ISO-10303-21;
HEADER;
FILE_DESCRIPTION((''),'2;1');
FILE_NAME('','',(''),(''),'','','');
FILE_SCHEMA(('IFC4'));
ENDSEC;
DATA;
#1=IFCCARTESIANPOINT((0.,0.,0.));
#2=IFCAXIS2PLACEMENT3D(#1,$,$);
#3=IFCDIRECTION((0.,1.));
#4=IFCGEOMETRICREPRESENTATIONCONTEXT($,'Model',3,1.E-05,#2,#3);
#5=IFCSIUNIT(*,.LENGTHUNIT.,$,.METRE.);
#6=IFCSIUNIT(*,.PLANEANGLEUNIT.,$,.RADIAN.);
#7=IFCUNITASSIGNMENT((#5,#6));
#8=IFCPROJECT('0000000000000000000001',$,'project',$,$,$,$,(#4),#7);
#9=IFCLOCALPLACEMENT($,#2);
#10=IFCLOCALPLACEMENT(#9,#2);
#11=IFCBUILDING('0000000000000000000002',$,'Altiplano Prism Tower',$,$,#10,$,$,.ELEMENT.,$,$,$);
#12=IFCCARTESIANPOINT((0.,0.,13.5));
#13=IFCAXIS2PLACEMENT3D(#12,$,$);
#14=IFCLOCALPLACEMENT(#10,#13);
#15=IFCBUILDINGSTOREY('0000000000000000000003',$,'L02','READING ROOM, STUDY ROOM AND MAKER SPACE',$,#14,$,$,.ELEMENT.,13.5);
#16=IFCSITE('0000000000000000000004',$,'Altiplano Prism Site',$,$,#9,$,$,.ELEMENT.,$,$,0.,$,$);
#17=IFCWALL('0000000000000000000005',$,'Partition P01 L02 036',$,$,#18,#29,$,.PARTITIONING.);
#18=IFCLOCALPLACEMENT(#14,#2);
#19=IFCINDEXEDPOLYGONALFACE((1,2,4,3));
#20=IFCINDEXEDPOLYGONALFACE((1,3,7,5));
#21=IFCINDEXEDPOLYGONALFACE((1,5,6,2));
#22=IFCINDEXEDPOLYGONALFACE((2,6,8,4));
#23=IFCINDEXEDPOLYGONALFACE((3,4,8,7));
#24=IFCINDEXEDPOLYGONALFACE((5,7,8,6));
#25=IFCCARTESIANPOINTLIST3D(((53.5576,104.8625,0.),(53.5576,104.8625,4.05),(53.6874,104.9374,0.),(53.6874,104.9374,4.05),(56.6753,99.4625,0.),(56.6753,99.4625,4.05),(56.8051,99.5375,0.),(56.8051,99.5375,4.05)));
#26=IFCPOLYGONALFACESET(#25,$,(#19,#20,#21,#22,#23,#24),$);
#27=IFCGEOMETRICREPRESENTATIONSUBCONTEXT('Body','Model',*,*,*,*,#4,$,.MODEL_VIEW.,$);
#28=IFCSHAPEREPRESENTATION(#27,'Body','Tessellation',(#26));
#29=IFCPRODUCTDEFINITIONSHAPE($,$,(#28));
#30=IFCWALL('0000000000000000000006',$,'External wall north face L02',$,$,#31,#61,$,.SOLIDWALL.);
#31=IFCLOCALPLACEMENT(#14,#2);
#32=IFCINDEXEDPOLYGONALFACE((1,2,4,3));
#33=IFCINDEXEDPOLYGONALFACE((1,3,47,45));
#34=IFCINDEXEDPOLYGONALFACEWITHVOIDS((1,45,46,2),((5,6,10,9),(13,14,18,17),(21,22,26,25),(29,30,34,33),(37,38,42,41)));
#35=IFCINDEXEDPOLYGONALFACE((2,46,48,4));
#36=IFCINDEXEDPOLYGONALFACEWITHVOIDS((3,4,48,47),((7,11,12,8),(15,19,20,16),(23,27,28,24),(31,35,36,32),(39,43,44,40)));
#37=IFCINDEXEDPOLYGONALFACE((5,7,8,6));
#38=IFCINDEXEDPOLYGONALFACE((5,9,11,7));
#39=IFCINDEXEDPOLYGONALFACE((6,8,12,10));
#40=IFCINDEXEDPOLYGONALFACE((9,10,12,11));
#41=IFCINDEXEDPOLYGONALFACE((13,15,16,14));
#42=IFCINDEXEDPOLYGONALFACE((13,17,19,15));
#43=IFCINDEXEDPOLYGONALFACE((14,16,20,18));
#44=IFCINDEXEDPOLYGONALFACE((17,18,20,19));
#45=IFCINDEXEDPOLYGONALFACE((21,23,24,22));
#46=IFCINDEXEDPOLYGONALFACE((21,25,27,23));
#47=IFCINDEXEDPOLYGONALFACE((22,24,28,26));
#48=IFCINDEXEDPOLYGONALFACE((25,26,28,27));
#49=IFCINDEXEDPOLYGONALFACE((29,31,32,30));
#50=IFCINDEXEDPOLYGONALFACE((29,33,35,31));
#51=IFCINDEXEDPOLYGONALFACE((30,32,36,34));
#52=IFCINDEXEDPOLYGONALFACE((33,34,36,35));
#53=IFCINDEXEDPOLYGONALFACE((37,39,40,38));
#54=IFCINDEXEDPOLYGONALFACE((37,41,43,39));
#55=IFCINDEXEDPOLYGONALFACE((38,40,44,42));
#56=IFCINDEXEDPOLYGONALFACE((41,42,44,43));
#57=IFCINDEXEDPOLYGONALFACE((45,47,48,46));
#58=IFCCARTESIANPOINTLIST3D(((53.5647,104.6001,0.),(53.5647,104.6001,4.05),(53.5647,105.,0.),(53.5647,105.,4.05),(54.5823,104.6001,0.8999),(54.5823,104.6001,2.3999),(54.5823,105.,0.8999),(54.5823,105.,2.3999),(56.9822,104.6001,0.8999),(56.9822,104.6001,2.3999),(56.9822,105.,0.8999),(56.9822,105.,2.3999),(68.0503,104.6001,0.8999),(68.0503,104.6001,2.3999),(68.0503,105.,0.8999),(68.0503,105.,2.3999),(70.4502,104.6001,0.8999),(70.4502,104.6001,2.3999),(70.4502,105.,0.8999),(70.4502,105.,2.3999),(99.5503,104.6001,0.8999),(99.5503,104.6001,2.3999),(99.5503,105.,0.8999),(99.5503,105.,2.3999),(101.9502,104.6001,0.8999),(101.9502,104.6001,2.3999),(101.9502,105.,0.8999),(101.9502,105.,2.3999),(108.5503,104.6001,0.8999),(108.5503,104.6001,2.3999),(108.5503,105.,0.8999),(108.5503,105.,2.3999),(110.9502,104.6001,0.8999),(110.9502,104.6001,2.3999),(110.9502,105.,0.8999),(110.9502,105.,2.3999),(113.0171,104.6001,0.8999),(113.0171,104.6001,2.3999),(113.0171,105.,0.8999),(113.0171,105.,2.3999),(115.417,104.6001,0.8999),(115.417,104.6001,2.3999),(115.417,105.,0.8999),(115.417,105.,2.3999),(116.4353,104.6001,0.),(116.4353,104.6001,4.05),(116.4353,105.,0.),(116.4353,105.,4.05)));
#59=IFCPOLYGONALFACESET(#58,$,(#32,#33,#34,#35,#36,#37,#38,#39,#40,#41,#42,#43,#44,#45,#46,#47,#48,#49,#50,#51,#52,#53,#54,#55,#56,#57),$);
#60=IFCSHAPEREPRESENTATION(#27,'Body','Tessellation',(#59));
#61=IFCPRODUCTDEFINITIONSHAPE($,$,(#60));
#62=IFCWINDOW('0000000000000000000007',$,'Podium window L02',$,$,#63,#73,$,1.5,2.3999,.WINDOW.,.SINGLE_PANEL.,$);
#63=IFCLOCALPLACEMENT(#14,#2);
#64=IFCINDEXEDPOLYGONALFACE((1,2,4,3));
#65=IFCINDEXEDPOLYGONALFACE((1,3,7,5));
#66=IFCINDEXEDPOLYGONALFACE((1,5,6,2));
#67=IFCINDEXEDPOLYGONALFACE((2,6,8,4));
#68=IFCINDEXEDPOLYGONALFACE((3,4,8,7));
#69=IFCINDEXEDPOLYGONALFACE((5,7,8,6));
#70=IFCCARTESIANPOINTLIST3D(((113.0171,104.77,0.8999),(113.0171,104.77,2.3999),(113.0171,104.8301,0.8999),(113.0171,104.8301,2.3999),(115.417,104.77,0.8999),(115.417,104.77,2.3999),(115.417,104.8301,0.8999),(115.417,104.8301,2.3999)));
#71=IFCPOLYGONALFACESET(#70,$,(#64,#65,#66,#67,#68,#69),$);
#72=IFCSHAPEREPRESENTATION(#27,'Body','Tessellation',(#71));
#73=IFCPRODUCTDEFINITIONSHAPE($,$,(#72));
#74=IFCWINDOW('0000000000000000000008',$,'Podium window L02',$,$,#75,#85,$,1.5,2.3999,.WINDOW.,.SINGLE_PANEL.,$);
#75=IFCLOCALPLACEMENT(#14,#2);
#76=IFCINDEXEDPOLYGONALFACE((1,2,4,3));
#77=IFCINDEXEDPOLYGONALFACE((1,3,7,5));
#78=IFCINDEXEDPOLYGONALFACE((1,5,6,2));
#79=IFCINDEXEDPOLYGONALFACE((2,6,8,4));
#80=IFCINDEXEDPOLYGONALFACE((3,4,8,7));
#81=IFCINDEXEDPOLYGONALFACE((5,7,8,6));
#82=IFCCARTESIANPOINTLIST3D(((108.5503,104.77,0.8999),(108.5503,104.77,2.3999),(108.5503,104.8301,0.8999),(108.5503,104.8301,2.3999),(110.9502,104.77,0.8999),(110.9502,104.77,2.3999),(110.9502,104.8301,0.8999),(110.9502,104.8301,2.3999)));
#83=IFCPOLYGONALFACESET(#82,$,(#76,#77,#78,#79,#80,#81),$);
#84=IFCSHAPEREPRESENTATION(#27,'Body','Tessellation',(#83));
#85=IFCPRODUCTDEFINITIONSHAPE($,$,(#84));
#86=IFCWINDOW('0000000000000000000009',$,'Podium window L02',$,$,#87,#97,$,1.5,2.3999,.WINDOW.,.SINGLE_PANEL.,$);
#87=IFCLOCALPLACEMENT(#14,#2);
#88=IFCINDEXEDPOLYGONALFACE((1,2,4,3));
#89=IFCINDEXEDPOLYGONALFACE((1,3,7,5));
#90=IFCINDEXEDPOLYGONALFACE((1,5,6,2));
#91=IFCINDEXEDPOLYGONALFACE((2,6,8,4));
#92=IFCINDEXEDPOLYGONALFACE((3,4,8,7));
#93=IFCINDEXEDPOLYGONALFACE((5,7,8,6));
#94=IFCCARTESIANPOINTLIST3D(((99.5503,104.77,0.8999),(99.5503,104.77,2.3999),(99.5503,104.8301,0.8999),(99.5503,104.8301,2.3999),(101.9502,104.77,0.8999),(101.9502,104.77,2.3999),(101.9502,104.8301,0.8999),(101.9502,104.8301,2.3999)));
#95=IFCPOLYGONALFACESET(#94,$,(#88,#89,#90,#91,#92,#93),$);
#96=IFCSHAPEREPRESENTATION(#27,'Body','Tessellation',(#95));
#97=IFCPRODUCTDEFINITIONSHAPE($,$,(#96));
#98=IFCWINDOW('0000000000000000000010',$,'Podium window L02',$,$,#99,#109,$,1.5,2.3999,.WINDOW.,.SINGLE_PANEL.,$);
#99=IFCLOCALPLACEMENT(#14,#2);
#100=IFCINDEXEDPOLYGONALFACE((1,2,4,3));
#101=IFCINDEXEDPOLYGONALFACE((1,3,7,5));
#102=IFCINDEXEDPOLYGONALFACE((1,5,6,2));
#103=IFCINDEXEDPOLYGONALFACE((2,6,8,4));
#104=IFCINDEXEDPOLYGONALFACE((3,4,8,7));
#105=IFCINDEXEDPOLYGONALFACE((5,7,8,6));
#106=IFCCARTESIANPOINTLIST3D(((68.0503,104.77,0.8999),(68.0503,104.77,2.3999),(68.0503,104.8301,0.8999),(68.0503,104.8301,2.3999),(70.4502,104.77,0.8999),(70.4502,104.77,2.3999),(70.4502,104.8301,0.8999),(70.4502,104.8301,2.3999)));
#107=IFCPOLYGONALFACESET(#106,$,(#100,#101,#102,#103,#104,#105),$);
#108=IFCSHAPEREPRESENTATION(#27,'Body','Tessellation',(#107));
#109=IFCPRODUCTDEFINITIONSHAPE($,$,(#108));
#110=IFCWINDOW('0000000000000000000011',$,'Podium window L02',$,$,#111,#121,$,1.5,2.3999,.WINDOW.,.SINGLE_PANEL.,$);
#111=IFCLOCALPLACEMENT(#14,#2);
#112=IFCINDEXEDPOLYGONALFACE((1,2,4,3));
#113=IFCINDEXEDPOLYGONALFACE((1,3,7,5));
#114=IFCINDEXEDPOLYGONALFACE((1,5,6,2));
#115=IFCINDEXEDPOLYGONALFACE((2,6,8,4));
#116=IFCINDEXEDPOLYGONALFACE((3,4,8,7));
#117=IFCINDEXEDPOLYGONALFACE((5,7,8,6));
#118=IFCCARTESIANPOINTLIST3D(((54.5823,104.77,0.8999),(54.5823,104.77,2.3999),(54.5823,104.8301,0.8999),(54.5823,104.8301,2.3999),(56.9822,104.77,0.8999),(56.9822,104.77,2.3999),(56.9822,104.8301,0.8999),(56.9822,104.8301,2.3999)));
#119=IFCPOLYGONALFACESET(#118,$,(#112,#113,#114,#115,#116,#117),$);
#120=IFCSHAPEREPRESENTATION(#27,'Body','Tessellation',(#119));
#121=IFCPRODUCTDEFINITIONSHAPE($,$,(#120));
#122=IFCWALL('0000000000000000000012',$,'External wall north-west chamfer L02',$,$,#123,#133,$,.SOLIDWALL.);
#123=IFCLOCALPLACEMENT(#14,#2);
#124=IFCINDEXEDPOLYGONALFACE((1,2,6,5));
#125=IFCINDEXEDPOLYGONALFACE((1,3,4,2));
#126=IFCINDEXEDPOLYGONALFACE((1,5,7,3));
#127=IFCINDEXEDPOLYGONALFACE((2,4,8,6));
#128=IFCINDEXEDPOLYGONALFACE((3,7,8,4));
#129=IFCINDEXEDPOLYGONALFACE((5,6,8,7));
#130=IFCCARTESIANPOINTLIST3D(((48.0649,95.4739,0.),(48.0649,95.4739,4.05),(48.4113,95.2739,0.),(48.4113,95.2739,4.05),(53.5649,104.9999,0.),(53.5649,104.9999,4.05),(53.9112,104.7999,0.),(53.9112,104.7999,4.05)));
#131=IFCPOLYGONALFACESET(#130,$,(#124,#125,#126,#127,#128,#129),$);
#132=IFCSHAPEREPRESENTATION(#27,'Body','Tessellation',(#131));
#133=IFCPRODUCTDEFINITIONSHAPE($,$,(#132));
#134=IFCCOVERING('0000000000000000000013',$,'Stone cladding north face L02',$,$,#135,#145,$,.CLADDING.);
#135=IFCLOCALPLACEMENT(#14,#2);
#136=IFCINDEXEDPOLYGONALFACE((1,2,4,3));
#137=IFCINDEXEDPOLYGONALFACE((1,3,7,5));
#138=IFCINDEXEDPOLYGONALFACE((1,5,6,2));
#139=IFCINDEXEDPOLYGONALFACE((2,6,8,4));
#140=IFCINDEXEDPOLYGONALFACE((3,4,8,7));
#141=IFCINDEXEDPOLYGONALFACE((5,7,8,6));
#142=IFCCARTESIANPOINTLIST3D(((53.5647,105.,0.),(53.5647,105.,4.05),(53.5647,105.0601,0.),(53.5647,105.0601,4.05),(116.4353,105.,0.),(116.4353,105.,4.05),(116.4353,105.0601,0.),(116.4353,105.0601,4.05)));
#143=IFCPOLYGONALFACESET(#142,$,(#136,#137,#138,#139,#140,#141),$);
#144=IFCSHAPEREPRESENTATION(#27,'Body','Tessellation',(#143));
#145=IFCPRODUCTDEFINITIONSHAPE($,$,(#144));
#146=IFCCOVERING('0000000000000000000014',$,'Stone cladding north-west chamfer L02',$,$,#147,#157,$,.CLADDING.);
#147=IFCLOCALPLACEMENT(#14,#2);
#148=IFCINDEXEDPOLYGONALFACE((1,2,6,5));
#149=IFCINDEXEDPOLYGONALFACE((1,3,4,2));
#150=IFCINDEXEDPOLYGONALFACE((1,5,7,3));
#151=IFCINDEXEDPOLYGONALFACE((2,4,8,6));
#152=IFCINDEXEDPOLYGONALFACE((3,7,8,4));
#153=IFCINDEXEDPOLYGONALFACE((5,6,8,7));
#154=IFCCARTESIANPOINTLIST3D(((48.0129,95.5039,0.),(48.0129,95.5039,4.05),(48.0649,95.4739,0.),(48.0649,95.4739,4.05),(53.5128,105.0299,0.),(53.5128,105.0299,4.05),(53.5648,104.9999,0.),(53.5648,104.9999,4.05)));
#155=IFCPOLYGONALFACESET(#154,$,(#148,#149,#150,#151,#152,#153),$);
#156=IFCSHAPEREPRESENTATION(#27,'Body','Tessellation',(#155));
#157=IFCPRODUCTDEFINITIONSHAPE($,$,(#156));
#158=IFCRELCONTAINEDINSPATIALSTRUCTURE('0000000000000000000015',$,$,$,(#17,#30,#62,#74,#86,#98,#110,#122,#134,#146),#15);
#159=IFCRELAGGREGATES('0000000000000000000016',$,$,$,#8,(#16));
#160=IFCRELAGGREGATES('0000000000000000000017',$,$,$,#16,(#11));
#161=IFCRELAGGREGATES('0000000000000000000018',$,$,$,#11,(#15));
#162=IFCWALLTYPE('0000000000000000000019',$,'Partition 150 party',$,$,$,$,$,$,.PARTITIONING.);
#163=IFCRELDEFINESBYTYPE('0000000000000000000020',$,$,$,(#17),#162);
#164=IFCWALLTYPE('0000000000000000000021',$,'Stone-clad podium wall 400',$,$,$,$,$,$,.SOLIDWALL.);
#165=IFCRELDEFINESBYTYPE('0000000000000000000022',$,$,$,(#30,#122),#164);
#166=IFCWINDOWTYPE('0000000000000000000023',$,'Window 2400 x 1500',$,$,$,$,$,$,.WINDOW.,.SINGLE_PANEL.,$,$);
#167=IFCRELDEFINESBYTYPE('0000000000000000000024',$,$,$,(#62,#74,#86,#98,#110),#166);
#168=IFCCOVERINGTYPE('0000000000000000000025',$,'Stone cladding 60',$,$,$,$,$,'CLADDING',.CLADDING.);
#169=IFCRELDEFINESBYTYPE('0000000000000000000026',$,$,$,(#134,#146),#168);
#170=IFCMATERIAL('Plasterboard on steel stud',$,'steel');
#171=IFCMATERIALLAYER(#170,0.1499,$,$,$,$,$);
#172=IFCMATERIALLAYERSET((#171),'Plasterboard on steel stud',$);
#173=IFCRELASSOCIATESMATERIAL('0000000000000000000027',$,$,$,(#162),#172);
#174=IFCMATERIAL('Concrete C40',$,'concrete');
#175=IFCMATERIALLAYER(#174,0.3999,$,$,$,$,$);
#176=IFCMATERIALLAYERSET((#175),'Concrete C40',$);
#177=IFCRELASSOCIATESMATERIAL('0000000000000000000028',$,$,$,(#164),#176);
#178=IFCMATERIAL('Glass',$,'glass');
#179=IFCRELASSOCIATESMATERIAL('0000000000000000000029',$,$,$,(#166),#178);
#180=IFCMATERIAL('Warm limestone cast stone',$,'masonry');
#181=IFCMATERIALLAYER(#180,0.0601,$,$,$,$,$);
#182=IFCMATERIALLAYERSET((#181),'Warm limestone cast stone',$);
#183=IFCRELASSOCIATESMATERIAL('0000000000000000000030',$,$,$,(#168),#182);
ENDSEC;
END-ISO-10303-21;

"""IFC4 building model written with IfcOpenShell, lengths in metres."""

from ifc_helpers import new_model, si_unit, direction, frame, frame_2d, origin, place, context, subcontext, project, spatial, rectangle, extrude, material, layer, layer_set, type_object, element, fill, save


model = new_model("IFC4")

# Units and contexts
model_context = context("Model", 3, precision=1e-05, world=origin(), true_north=direction((0.0, 1.0)))
body_context = subcontext(model_context, "Body", "Model", "MODEL_VIEW")
ifc_project = project(units=[si_unit("LENGTHUNIT", "METRE"), si_unit("PLANEANGLEUNIT", "RADIAN")], contexts=[model_context])

# Site, building, storey
site_placement = place(None, origin())
site = spatial("IfcSite", under=ifc_project, at=site_placement, Name="Altiplano Prism Site", CompositionType="ELEMENT", RefElevation=0.0)
building_placement = place(site_placement, origin())
building = spatial("IfcBuilding", under=site, at=building_placement, Name="Altiplano Prism Tower", CompositionType="ELEMENT")
storey_placement = place(building_placement, frame((0.0, 0.0, 13.5)))
storey = spatial("IfcBuildingStorey", under=building, at=storey_placement, Name="L02", Description="READING ROOM, STUDY ROOM AND MAKER SPACE", CompositionType="ELEMENT", Elevation=13.5)

# Shared definitions
ifc_material_1 = material(Name="Plasterboard on steel stud", Category="steel")

# Wall
ifc_layer_1 = layer(ifc_material_1, 0.1499)
ifc_layer_set_1 = layer_set([ifc_layer_1], Name="Plasterboard on steel stud")
wall_type_1 = type_object("IfcWallType", Name="Partition 150 party", PredefinedType="PARTITIONING", material=ifc_layer_set_1)
wall_1_placement = place(storey_placement, frame((56.7402, 99.5, 0.0), z_axis=(0.0, 0.0, 1.0), x_axis=(-0.500005, 0.866023, 0.0)))
element("IfcWall", 1, at=wall_1_placement, inside=storey, type_object=wall_type_1, Name="Partition P01 L02 036", PredefinedType="PARTITIONING", context=body_context, shape_type="SweptSolid", body=[
    extrude(rectangle(XDim=6.2354, YDim=0.1499, at=frame_2d((3.1177, 0.0))), origin(), (0.0, 0.0, 1.0), 4.05),
])

# Wall, openings, windows
ifc_material_2 = material(Name="Concrete C40", Category="concrete")
ifc_layer_2 = layer(ifc_material_2, 0.3999)
ifc_layer_set_2 = layer_set([ifc_layer_2], Name="Concrete C40")
wall_type_2 = type_object("IfcWallType", Name="Stone-clad podium wall 400", PredefinedType="SOLIDWALL", material=ifc_layer_set_2)
wall_2_placement = place(storey_placement, frame((53.5647, 104.8, 0.0), z_axis=(0.0, 0.0, 1.0), x_axis=(1.0, 0.0, 0.0)))
wall_2 = element("IfcWall", 2, at=wall_2_placement, inside=storey, type_object=wall_type_2, Name="External wall north face L02", PredefinedType="SOLIDWALL", context=body_context, shape_type="SweptSolid", body=[
    extrude(rectangle(XDim=62.8706, YDim=0.3999, at=frame_2d((31.4353, 0.0))), origin(), (0.0, 0.0, 1.0), 4.05),
])
opening_1_placement = place(wall_2_placement, frame((59.4524, 0.0, 0.8999)))
opening_1 = element("IfcOpeningElement", 3, at=opening_1_placement, cuts=wall_2, PredefinedType="OPENING", context=body_context, shape_type="SweptSolid", body=[
    extrude(rectangle(XDim=2.3999, YDim=1.5, at=frame_2d((1.2, 0.75))), frame((0.0, 0.2104, 0.0), z_axis=(0.0, -1.0, 0.0), x_axis=(1.0, 0.0, 0.0)), (0.0, 0.0, 1.0), 0.4209),
])
opening_2_placement = place(wall_2_placement, frame((54.9856, 0.0, 0.8999)))
opening_2 = element("IfcOpeningElement", 4, at=opening_2_placement, cuts=wall_2, PredefinedType="OPENING", context=body_context, shape_type="SweptSolid", body=[
    extrude(rectangle(XDim=2.3999, YDim=1.5, at=frame_2d((1.2, 0.75))), frame((0.0, 0.2104, 0.0), z_axis=(0.0, -1.0, 0.0), x_axis=(1.0, 0.0, 0.0)), (0.0, 0.0, 1.0), 0.4209),
])
opening_3_placement = place(wall_2_placement, frame((45.9856, 0.0, 0.8999)))
opening_3 = element("IfcOpeningElement", 5, at=opening_3_placement, cuts=wall_2, PredefinedType="OPENING", context=body_context, shape_type="SweptSolid", body=[
    extrude(rectangle(XDim=2.3999, YDim=1.5, at=frame_2d((1.2, 0.75))), frame((0.0, 0.2104, 0.0), z_axis=(0.0, -1.0, 0.0), x_axis=(1.0, 0.0, 0.0)), (0.0, 0.0, 1.0), 0.4209),
])
opening_4_placement = place(wall_2_placement, frame((14.4856, 0.0, 0.8999)))
opening_4 = element("IfcOpeningElement", 6, at=opening_4_placement, cuts=wall_2, PredefinedType="OPENING", context=body_context, shape_type="SweptSolid", body=[
    extrude(rectangle(XDim=2.3999, YDim=1.5, at=frame_2d((1.2, 0.75))), frame((0.0, 0.2104, 0.0), z_axis=(0.0, -1.0, 0.0), x_axis=(1.0, 0.0, 0.0)), (0.0, 0.0, 1.0), 0.4209),
])
opening_5_placement = place(wall_2_placement, frame((1.0176, 0.0, 0.8999)))
opening_5 = element("IfcOpeningElement", 7, at=opening_5_placement, cuts=wall_2, PredefinedType="OPENING", context=body_context, shape_type="SweptSolid", body=[
    extrude(rectangle(XDim=2.3999, YDim=1.5, at=frame_2d((1.2, 0.75))), frame((0.0, 0.2104, 0.0), z_axis=(0.0, -1.0, 0.0), x_axis=(1.0, 0.0, 0.0)), (0.0, 0.0, 1.0), 0.4209),
])
ifc_material_3 = material(Name="Glass", Category="glass")
window_type = type_object("IfcWindowType", Name="Window 2400 x 1500", PartitioningType="SINGLE_PANEL", PredefinedType="WINDOW", material=ifc_material_3)
window_1_placement = place(opening_1_placement, origin())
window_1 = element("IfcWindow", 8, at=window_1_placement, inside=storey, type_object=window_type, Name="Podium window L02", OverallHeight=1.5, OverallWidth=2.3999, PartitioningType="SINGLE_PANEL", PredefinedType="WINDOW", context=body_context, shape_type="SweptSolid", body=[
    extrude(rectangle(XDim=2.3999, YDim=1.5, at=frame_2d((1.2, 0.75))), frame((0.0, 0.03, 0.0), z_axis=(0.0, -1.0, 0.0), x_axis=(1.0, 0.0, 0.0)), (0.0, 0.0, 1.0), 0.0601),
])
fill(opening_1, window_1)
window_2_placement = place(opening_2_placement, origin())
window_2 = element("IfcWindow", 9, at=window_2_placement, inside=storey, type_object=window_type, Name="Podium window L02", OverallHeight=1.5, OverallWidth=2.3999, PartitioningType="SINGLE_PANEL", PredefinedType="WINDOW", context=body_context, shape_type="SweptSolid", body=[
    extrude(rectangle(XDim=2.3999, YDim=1.5, at=frame_2d((1.2, 0.75))), frame((0.0, 0.03, 0.0), z_axis=(0.0, -1.0, 0.0), x_axis=(1.0, 0.0, 0.0)), (0.0, 0.0, 1.0), 0.0601),
])
fill(opening_2, window_2)
window_3_placement = place(opening_3_placement, origin())
window_3 = element("IfcWindow", 10, at=window_3_placement, inside=storey, type_object=window_type, Name="Podium window L02", OverallHeight=1.5, OverallWidth=2.3999, PartitioningType="SINGLE_PANEL", PredefinedType="WINDOW", context=body_context, shape_type="SweptSolid", body=[
    extrude(rectangle(XDim=2.3999, YDim=1.5, at=frame_2d((1.2, 0.75))), frame((0.0, 0.03, 0.0), z_axis=(0.0, -1.0, 0.0), x_axis=(1.0, 0.0, 0.0)), (0.0, 0.0, 1.0), 0.0601),
])
fill(opening_3, window_3)
window_4_placement = place(opening_4_placement, origin())
window_4 = element("IfcWindow", 11, at=window_4_placement, inside=storey, type_object=window_type, Name="Podium window L02", OverallHeight=1.5, OverallWidth=2.3999, PartitioningType="SINGLE_PANEL", PredefinedType="WINDOW", context=body_context, shape_type="SweptSolid", body=[
    extrude(rectangle(XDim=2.3999, YDim=1.5, at=frame_2d((1.2, 0.75))), frame((0.0, 0.03, 0.0), z_axis=(0.0, -1.0, 0.0), x_axis=(1.0, 0.0, 0.0)), (0.0, 0.0, 1.0), 0.0601),
])
fill(opening_4, window_4)
window_5_placement = place(opening_5_placement, origin())
window_5 = element("IfcWindow", 12, at=window_5_placement, inside=storey, type_object=window_type, Name="Podium window L02", OverallHeight=1.5, OverallWidth=2.3999, PartitioningType="SINGLE_PANEL", PredefinedType="WINDOW", context=body_context, shape_type="SweptSolid", body=[
    extrude(rectangle(XDim=2.3999, YDim=1.5, at=frame_2d((1.2, 0.75))), frame((0.0, 0.03, 0.0), z_axis=(0.0, -1.0, 0.0), x_axis=(1.0, 0.0, 0.0)), (0.0, 0.0, 1.0), 0.0601),
])
fill(opening_5, window_5)

# Wall
wall_3_placement = place(storey_placement, frame((48.238, 95.3738, 0.0), z_axis=(0.0, 0.0, 1.0), x_axis=(0.500006, 0.866022, 0.0)))
element("IfcWall", 13, at=wall_3_placement, inside=storey, type_object=wall_type_2, Name="External wall north-west chamfer L02", PredefinedType="SOLIDWALL", context=body_context, shape_type="SweptSolid", body=[
    extrude(rectangle(XDim=10.9998, YDim=0.3999, at=frame_2d((5.5, 0.0))), origin(), (0.0, 0.0, 1.0), 4.05),
])

# Coverings
ifc_material_4 = material(Name="Warm limestone cast stone", Category="masonry")
ifc_layer_3 = layer(ifc_material_4, 0.0601)
ifc_layer_set_3 = layer_set([ifc_layer_3], Name="Warm limestone cast stone")
covering_type = type_object("IfcCoveringType", Name="Stone cladding 60", ElementType="CLADDING", PredefinedType="CLADDING", material=ifc_layer_set_3)
covering_1_placement = place(storey_placement, frame((53.5647, 105.03, 0.0), z_axis=(0.0, 0.0, 1.0), x_axis=(1.0, 0.0, 0.0)))
element("IfcCovering", 14, at=covering_1_placement, inside=storey, type_object=covering_type, Name="Stone cladding north face L02", PredefinedType="CLADDING", context=body_context, shape_type="SweptSolid", body=[
    extrude(rectangle(XDim=62.8706, YDim=0.0601, at=frame_2d((31.4353, 0.0))), origin(), (0.0, 0.0, 1.0), 4.05),
])
covering_2_placement = place(storey_placement, frame((48.0388, 95.4888, 0.0), z_axis=(0.0, 0.0, 1.0), x_axis=(0.500006, 0.866022, 0.0)))
element("IfcCovering", 15, at=covering_2_placement, inside=storey, type_object=covering_type, Name="Stone cladding north-west chamfer L02", PredefinedType="CLADDING", context=body_context, shape_type="SweptSolid", body=[
    extrude(rectangle(XDim=10.9998, YDim=0.0601, at=frame_2d((5.5, 0.0))), origin(), (0.0, 0.0, 1.0), 4.05),
])

save(model, "model.ifc")
